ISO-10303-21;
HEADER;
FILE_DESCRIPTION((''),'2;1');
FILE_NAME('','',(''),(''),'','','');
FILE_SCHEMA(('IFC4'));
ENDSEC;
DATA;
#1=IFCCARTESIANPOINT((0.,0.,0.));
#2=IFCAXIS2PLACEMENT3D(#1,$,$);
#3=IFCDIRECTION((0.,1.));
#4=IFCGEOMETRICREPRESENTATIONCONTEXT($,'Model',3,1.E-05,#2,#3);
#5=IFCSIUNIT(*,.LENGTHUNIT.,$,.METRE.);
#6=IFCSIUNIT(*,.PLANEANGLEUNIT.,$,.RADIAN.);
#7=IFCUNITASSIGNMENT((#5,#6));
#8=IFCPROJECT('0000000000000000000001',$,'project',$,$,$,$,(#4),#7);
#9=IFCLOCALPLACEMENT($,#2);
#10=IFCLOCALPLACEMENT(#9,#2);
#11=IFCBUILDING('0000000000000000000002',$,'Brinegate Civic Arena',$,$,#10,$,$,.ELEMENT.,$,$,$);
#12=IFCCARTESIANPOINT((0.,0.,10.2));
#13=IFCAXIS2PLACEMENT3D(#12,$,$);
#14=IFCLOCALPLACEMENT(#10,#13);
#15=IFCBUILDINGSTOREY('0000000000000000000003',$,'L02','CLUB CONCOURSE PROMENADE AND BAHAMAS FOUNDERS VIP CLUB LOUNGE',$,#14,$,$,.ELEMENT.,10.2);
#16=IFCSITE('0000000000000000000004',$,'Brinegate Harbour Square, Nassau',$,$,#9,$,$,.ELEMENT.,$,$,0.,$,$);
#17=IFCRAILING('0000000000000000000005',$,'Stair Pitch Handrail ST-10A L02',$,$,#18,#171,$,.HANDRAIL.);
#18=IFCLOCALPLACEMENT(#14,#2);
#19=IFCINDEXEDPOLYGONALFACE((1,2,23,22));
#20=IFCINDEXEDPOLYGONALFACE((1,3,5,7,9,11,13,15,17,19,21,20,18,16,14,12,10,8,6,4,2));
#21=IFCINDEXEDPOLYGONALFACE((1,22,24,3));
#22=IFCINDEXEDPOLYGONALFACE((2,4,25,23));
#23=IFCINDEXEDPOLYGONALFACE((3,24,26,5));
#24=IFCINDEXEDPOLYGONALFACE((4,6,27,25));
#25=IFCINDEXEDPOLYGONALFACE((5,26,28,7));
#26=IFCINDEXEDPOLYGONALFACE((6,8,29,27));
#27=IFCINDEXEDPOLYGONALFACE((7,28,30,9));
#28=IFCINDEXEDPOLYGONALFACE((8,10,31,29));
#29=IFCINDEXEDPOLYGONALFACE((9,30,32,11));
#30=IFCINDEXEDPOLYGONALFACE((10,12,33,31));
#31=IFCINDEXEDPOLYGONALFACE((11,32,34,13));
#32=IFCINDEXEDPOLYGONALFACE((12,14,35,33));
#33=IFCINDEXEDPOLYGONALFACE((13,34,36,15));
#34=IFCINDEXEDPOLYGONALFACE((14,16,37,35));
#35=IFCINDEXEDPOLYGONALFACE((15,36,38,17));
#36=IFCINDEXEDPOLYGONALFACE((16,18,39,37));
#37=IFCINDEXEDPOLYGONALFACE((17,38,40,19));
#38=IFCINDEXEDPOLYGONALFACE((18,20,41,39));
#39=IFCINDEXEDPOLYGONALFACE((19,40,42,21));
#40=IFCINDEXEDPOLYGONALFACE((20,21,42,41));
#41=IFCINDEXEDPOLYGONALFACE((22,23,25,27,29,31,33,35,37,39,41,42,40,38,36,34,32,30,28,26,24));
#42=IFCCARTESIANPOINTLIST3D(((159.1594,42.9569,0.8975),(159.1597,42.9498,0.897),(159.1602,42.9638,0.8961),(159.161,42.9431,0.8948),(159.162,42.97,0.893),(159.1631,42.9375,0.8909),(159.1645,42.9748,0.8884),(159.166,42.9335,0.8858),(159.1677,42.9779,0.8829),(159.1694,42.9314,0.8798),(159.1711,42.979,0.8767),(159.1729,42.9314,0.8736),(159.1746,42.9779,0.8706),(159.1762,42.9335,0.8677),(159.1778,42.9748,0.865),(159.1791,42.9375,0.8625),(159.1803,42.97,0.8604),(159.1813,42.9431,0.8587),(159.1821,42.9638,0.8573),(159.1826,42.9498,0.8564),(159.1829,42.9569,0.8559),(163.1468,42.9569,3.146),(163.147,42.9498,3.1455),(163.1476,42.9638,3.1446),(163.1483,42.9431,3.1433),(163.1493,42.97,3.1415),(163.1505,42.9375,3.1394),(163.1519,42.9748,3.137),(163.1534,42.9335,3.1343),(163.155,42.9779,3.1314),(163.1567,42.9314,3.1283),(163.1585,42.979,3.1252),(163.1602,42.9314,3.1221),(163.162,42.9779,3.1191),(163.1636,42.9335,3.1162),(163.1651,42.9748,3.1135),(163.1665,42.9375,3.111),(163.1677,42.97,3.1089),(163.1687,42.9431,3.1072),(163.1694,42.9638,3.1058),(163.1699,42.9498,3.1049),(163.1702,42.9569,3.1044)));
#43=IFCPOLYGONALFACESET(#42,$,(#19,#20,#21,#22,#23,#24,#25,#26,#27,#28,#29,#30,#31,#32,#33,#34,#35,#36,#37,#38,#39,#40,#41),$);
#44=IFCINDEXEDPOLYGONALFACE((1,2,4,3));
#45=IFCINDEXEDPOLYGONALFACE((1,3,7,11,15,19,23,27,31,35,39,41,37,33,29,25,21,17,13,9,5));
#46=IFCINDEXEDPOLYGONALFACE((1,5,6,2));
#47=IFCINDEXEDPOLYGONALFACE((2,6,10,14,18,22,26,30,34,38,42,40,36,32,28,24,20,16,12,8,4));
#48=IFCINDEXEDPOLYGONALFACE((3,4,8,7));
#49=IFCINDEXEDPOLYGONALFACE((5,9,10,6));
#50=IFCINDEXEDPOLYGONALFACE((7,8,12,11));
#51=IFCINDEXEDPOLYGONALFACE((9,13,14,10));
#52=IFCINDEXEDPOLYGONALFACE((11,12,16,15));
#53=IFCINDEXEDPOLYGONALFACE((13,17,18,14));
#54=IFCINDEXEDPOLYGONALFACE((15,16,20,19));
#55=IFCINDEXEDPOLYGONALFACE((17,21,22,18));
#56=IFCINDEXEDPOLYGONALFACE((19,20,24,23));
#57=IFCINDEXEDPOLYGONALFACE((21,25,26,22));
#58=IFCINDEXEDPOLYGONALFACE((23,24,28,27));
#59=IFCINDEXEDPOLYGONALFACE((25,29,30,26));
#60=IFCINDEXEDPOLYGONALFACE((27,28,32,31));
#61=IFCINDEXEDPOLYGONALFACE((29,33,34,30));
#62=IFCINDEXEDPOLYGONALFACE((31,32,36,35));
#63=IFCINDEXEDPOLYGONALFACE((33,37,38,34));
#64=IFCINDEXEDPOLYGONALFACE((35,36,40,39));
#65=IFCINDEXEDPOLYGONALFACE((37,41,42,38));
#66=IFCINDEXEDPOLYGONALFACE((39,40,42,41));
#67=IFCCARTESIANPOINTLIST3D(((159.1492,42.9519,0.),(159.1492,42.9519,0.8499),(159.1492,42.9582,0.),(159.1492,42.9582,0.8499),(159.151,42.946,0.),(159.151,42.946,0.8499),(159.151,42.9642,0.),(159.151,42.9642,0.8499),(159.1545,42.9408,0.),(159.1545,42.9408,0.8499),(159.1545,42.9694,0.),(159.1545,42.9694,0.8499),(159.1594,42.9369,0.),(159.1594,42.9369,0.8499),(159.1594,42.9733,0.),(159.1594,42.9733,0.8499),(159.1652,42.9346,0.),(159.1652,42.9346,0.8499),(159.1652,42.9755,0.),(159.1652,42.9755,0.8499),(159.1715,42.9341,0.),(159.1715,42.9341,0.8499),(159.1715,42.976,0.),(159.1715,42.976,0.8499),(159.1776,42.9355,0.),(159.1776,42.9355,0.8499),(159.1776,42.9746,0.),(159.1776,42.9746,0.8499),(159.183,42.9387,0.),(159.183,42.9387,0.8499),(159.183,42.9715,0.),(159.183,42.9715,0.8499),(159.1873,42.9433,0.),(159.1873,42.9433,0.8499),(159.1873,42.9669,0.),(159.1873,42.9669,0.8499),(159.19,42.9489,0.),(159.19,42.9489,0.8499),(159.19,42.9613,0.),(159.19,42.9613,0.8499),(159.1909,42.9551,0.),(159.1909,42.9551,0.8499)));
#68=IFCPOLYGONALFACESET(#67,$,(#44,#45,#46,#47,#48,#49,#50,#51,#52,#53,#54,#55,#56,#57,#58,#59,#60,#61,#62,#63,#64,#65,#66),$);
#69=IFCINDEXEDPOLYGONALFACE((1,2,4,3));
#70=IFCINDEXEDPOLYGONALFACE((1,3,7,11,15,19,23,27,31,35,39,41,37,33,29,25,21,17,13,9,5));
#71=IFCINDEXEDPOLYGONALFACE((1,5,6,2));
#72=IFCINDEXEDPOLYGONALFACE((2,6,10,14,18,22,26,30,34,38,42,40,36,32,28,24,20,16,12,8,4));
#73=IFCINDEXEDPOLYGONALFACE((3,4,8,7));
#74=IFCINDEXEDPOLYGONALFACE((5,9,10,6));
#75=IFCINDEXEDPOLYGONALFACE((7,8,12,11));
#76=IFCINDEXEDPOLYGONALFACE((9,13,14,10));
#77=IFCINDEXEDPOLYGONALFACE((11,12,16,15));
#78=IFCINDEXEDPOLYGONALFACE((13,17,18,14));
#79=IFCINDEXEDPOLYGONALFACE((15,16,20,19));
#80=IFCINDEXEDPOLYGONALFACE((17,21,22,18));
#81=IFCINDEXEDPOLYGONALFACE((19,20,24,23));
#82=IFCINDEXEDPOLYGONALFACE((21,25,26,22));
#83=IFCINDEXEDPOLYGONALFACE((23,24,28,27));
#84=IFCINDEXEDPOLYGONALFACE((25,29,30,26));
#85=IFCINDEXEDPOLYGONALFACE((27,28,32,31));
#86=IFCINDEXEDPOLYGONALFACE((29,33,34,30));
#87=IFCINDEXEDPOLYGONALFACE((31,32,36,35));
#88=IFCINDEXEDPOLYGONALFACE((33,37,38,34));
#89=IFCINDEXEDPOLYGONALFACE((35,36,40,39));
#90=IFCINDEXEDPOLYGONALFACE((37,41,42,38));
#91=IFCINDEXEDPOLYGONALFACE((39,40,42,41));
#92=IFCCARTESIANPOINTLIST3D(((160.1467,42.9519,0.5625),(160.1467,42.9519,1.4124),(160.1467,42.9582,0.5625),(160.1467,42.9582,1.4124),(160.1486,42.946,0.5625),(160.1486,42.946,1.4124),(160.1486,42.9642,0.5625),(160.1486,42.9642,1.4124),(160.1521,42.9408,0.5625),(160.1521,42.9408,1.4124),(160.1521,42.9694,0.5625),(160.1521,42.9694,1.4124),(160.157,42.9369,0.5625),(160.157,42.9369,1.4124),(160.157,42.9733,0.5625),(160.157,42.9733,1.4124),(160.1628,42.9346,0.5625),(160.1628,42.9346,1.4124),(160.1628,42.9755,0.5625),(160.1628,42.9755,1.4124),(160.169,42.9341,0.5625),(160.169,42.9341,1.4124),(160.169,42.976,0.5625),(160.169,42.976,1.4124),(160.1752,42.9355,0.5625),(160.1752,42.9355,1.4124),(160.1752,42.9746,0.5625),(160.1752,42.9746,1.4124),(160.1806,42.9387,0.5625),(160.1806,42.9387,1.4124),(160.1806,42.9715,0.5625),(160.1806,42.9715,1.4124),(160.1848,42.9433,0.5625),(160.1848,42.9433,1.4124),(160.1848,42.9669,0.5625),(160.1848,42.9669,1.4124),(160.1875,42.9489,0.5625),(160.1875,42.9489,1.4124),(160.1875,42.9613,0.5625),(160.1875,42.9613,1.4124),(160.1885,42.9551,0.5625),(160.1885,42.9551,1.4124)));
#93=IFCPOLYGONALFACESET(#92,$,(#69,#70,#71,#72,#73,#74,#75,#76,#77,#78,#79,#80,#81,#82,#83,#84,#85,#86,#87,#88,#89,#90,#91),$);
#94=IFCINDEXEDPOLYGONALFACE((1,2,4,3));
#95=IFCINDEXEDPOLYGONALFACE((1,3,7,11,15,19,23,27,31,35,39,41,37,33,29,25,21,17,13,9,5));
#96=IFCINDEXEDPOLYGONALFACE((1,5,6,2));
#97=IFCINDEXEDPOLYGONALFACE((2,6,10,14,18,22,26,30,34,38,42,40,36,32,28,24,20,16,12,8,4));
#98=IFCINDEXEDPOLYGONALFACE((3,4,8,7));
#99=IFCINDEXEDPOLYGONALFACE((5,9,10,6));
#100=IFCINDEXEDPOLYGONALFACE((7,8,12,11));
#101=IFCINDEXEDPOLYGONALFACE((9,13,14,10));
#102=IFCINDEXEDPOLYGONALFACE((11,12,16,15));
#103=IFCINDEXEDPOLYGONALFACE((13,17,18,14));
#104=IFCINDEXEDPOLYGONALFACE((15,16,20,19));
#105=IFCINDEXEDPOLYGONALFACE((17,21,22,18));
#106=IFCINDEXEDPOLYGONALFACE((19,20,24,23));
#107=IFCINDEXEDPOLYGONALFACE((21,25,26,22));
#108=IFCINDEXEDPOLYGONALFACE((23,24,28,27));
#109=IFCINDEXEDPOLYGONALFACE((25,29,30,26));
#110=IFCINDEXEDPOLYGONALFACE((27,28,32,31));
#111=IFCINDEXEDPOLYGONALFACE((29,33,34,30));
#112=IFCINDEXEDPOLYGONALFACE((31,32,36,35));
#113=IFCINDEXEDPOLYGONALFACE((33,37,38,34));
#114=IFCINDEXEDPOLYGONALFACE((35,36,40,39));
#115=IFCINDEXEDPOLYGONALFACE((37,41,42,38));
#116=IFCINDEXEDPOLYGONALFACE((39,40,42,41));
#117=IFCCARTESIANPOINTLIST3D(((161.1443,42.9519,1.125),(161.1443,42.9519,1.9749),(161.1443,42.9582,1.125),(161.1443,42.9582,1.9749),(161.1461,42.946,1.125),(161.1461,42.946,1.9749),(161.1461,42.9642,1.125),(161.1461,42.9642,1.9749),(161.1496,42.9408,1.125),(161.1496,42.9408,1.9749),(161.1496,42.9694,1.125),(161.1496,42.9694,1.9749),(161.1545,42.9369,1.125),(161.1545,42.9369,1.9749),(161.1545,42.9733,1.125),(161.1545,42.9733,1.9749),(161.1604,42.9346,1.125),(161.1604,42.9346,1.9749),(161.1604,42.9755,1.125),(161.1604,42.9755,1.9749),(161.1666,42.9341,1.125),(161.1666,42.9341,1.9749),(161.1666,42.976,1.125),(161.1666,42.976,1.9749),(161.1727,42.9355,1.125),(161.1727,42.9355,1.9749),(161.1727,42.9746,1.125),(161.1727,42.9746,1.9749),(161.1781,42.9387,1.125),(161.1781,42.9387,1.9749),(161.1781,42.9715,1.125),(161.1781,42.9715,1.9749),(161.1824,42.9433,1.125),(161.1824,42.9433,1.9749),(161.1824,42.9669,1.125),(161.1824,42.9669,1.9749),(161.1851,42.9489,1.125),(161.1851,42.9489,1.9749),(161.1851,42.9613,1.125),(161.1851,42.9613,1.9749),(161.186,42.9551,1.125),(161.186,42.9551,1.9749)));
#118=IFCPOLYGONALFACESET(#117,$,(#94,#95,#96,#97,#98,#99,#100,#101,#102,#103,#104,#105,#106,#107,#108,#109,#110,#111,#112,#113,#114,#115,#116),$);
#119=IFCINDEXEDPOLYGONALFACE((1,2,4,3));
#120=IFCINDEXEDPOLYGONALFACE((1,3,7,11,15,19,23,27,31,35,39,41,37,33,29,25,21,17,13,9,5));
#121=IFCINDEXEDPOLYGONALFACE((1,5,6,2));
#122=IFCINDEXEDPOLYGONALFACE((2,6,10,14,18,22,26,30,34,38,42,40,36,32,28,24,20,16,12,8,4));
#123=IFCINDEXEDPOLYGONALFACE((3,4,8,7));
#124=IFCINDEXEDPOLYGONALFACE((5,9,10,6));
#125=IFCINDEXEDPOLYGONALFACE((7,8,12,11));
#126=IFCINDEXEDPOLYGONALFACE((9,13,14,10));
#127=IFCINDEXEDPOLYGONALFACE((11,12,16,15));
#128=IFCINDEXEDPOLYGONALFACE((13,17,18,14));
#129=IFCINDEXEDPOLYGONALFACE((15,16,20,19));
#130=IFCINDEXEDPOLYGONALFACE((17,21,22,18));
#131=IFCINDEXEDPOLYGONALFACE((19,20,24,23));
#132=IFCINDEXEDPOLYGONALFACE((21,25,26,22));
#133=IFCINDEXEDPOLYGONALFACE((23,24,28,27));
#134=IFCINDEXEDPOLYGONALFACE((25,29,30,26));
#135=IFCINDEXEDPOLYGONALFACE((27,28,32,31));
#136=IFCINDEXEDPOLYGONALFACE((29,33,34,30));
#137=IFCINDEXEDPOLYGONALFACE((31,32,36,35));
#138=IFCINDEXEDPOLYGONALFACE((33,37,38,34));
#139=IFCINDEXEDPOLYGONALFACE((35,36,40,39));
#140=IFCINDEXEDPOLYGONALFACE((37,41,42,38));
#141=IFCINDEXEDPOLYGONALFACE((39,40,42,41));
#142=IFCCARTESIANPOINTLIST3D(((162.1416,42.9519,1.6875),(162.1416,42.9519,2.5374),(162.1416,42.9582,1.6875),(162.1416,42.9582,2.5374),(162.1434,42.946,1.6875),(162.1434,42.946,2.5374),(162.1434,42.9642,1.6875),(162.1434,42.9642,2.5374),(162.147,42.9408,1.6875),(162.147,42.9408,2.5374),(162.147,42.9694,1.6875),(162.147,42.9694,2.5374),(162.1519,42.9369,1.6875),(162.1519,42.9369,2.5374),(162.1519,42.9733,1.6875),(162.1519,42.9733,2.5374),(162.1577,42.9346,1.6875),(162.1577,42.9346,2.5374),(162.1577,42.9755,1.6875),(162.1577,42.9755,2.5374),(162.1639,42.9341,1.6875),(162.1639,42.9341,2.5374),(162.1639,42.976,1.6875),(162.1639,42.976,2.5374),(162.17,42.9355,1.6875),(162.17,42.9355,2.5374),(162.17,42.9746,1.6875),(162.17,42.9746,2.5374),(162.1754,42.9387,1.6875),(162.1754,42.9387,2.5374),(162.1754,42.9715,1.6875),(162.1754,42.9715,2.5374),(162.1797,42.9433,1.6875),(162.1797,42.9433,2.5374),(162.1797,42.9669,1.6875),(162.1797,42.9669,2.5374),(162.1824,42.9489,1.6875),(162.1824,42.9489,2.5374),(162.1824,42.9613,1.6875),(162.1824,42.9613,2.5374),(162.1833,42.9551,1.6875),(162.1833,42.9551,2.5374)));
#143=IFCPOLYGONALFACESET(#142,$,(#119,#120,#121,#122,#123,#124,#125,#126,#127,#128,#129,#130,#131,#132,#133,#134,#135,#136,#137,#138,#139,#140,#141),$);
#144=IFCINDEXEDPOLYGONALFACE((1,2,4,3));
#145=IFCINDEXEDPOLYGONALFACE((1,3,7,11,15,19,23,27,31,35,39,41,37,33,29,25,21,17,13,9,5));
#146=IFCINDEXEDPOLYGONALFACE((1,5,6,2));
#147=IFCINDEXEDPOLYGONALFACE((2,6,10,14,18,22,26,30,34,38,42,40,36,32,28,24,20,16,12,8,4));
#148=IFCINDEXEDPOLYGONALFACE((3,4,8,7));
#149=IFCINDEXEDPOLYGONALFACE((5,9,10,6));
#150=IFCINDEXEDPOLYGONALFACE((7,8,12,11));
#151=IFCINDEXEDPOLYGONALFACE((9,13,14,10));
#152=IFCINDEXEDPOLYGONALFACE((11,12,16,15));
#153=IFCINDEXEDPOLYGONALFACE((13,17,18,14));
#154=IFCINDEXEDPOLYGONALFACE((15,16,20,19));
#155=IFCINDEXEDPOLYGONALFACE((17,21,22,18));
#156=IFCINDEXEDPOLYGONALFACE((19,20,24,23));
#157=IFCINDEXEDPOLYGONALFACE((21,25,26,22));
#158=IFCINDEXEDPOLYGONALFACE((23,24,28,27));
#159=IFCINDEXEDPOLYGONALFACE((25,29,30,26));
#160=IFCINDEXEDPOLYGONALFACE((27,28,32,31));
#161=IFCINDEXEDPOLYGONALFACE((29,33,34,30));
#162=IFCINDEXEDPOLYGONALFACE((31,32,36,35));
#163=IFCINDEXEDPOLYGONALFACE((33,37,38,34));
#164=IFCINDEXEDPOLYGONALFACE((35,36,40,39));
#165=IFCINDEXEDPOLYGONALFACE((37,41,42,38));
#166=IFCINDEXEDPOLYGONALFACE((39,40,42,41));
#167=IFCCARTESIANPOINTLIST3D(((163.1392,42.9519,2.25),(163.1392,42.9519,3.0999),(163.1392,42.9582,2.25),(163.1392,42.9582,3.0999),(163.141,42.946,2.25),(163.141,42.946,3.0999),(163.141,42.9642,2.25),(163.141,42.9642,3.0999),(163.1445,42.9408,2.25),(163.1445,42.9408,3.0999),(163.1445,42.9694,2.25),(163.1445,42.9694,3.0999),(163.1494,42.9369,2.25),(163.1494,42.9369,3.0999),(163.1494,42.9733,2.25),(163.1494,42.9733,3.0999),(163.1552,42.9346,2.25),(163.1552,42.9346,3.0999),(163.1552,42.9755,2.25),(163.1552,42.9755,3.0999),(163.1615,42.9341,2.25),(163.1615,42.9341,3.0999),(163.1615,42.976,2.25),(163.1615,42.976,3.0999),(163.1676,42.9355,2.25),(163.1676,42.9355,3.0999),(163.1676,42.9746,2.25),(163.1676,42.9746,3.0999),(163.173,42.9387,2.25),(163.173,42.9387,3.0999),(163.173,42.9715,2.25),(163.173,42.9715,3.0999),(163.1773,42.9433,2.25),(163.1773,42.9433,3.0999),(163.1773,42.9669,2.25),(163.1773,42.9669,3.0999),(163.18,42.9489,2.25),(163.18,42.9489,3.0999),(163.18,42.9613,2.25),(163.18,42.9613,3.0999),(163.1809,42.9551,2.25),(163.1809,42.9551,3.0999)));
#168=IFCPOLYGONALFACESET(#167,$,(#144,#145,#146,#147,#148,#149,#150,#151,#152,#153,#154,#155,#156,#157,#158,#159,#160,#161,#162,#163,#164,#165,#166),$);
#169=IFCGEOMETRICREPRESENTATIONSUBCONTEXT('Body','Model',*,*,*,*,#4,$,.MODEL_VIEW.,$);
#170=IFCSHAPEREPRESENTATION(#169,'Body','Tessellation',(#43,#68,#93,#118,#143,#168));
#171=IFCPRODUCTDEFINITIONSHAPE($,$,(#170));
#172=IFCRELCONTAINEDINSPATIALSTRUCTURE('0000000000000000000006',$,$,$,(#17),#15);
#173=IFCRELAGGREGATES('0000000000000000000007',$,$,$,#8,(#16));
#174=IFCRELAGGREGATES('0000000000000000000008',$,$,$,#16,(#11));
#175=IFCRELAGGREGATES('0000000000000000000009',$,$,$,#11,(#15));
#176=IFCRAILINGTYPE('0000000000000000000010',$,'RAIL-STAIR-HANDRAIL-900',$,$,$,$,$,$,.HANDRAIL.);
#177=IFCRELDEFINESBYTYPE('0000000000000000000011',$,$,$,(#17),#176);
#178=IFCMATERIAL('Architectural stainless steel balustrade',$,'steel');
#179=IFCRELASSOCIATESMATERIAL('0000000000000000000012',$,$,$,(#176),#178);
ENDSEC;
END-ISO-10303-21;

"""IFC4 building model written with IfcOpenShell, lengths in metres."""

from ifc_helpers import new_model, si_unit, direction, frame, origin, origin_2d, place, context, subcontext, project, spatial, circle, extrude, material, type_object, element, save


model = new_model("IFC4")

# Units and contexts
model_context = context("Model", 3, precision=1e-05, world=origin(), true_north=direction((0.0, 1.0)))
body_context = subcontext(model_context, "Body", "Model", "MODEL_VIEW")
ifc_project = project(units=[si_unit("LENGTHUNIT", "METRE"), si_unit("PLANEANGLEUNIT", "RADIAN")], contexts=[model_context])

# Site, building, storey
site_placement = place(None, origin())
site = spatial("IfcSite", under=ifc_project, at=site_placement, Name="Brinegate Harbour Square, Nassau", CompositionType="ELEMENT", RefElevation=0.0)
building_placement = place(site_placement, origin())
building = spatial("IfcBuilding", under=site, at=building_placement, Name="Brinegate Civic Arena", CompositionType="ELEMENT")
storey_placement = place(building_placement, frame((0.0, 0.0, 10.2)))
storey = spatial("IfcBuildingStorey", under=building, at=storey_placement, Name="L02", Description="CLUB CONCOURSE PROMENADE AND BAHAMAS FOUNDERS VIP CLUB LOUNGE", CompositionType="ELEMENT", Elevation=10.2)

# Railing
ifc_material_1 = material(Name="Architectural stainless steel balustrade", Category="steel")
railing_type_1 = type_object("IfcRailingType", Name="RAIL-STAIR-HANDRAIL-900", PredefinedType="HANDRAIL", material=ifc_material_1)
railing_1_placement = place(storey_placement, frame((159.1699, 42.9551, 0.0)))
element("IfcRailing", 1, at=railing_1_placement, inside=storey, type_object=railing_type_1, Name="Stair Pitch Handrail ST-10A L02", PredefinedType="HANDRAIL", context=body_context, shape_type="SweptSolid", body=[
    extrude(circle(Radius=0.0239, at=origin_2d()), frame((0.0012, 0.0, 0.8767), z_axis=(0.87105, 0.0, 0.491195), x_axis=(0.0, 1.0, 0.0)), (0.0, 0.0, 1.0), 4.5776),
    extrude(circle(Radius=0.021, at=origin_2d()), origin(), (0.0, 0.0, 1.0), 0.8499),
    extrude(circle(Radius=0.021, at=origin_2d()), frame((0.9976, 0.0, 0.5625)), (0.0, 0.0, 1.0), 0.8499),
    extrude(circle(Radius=0.021, at=origin_2d()), frame((1.9951, 0.0, 1.125)), (0.0, 0.0, 1.0), 0.8499),
    extrude(circle(Radius=0.021, at=origin_2d()), frame((2.9924, 0.0, 1.6875)), (0.0, 0.0, 1.0), 0.8499),
    extrude(circle(Radius=0.021, at=origin_2d()), frame((3.99, 0.0, 2.25)), (0.0, 0.0, 1.0), 0.8499),
])

save(model, "model.ifc")
